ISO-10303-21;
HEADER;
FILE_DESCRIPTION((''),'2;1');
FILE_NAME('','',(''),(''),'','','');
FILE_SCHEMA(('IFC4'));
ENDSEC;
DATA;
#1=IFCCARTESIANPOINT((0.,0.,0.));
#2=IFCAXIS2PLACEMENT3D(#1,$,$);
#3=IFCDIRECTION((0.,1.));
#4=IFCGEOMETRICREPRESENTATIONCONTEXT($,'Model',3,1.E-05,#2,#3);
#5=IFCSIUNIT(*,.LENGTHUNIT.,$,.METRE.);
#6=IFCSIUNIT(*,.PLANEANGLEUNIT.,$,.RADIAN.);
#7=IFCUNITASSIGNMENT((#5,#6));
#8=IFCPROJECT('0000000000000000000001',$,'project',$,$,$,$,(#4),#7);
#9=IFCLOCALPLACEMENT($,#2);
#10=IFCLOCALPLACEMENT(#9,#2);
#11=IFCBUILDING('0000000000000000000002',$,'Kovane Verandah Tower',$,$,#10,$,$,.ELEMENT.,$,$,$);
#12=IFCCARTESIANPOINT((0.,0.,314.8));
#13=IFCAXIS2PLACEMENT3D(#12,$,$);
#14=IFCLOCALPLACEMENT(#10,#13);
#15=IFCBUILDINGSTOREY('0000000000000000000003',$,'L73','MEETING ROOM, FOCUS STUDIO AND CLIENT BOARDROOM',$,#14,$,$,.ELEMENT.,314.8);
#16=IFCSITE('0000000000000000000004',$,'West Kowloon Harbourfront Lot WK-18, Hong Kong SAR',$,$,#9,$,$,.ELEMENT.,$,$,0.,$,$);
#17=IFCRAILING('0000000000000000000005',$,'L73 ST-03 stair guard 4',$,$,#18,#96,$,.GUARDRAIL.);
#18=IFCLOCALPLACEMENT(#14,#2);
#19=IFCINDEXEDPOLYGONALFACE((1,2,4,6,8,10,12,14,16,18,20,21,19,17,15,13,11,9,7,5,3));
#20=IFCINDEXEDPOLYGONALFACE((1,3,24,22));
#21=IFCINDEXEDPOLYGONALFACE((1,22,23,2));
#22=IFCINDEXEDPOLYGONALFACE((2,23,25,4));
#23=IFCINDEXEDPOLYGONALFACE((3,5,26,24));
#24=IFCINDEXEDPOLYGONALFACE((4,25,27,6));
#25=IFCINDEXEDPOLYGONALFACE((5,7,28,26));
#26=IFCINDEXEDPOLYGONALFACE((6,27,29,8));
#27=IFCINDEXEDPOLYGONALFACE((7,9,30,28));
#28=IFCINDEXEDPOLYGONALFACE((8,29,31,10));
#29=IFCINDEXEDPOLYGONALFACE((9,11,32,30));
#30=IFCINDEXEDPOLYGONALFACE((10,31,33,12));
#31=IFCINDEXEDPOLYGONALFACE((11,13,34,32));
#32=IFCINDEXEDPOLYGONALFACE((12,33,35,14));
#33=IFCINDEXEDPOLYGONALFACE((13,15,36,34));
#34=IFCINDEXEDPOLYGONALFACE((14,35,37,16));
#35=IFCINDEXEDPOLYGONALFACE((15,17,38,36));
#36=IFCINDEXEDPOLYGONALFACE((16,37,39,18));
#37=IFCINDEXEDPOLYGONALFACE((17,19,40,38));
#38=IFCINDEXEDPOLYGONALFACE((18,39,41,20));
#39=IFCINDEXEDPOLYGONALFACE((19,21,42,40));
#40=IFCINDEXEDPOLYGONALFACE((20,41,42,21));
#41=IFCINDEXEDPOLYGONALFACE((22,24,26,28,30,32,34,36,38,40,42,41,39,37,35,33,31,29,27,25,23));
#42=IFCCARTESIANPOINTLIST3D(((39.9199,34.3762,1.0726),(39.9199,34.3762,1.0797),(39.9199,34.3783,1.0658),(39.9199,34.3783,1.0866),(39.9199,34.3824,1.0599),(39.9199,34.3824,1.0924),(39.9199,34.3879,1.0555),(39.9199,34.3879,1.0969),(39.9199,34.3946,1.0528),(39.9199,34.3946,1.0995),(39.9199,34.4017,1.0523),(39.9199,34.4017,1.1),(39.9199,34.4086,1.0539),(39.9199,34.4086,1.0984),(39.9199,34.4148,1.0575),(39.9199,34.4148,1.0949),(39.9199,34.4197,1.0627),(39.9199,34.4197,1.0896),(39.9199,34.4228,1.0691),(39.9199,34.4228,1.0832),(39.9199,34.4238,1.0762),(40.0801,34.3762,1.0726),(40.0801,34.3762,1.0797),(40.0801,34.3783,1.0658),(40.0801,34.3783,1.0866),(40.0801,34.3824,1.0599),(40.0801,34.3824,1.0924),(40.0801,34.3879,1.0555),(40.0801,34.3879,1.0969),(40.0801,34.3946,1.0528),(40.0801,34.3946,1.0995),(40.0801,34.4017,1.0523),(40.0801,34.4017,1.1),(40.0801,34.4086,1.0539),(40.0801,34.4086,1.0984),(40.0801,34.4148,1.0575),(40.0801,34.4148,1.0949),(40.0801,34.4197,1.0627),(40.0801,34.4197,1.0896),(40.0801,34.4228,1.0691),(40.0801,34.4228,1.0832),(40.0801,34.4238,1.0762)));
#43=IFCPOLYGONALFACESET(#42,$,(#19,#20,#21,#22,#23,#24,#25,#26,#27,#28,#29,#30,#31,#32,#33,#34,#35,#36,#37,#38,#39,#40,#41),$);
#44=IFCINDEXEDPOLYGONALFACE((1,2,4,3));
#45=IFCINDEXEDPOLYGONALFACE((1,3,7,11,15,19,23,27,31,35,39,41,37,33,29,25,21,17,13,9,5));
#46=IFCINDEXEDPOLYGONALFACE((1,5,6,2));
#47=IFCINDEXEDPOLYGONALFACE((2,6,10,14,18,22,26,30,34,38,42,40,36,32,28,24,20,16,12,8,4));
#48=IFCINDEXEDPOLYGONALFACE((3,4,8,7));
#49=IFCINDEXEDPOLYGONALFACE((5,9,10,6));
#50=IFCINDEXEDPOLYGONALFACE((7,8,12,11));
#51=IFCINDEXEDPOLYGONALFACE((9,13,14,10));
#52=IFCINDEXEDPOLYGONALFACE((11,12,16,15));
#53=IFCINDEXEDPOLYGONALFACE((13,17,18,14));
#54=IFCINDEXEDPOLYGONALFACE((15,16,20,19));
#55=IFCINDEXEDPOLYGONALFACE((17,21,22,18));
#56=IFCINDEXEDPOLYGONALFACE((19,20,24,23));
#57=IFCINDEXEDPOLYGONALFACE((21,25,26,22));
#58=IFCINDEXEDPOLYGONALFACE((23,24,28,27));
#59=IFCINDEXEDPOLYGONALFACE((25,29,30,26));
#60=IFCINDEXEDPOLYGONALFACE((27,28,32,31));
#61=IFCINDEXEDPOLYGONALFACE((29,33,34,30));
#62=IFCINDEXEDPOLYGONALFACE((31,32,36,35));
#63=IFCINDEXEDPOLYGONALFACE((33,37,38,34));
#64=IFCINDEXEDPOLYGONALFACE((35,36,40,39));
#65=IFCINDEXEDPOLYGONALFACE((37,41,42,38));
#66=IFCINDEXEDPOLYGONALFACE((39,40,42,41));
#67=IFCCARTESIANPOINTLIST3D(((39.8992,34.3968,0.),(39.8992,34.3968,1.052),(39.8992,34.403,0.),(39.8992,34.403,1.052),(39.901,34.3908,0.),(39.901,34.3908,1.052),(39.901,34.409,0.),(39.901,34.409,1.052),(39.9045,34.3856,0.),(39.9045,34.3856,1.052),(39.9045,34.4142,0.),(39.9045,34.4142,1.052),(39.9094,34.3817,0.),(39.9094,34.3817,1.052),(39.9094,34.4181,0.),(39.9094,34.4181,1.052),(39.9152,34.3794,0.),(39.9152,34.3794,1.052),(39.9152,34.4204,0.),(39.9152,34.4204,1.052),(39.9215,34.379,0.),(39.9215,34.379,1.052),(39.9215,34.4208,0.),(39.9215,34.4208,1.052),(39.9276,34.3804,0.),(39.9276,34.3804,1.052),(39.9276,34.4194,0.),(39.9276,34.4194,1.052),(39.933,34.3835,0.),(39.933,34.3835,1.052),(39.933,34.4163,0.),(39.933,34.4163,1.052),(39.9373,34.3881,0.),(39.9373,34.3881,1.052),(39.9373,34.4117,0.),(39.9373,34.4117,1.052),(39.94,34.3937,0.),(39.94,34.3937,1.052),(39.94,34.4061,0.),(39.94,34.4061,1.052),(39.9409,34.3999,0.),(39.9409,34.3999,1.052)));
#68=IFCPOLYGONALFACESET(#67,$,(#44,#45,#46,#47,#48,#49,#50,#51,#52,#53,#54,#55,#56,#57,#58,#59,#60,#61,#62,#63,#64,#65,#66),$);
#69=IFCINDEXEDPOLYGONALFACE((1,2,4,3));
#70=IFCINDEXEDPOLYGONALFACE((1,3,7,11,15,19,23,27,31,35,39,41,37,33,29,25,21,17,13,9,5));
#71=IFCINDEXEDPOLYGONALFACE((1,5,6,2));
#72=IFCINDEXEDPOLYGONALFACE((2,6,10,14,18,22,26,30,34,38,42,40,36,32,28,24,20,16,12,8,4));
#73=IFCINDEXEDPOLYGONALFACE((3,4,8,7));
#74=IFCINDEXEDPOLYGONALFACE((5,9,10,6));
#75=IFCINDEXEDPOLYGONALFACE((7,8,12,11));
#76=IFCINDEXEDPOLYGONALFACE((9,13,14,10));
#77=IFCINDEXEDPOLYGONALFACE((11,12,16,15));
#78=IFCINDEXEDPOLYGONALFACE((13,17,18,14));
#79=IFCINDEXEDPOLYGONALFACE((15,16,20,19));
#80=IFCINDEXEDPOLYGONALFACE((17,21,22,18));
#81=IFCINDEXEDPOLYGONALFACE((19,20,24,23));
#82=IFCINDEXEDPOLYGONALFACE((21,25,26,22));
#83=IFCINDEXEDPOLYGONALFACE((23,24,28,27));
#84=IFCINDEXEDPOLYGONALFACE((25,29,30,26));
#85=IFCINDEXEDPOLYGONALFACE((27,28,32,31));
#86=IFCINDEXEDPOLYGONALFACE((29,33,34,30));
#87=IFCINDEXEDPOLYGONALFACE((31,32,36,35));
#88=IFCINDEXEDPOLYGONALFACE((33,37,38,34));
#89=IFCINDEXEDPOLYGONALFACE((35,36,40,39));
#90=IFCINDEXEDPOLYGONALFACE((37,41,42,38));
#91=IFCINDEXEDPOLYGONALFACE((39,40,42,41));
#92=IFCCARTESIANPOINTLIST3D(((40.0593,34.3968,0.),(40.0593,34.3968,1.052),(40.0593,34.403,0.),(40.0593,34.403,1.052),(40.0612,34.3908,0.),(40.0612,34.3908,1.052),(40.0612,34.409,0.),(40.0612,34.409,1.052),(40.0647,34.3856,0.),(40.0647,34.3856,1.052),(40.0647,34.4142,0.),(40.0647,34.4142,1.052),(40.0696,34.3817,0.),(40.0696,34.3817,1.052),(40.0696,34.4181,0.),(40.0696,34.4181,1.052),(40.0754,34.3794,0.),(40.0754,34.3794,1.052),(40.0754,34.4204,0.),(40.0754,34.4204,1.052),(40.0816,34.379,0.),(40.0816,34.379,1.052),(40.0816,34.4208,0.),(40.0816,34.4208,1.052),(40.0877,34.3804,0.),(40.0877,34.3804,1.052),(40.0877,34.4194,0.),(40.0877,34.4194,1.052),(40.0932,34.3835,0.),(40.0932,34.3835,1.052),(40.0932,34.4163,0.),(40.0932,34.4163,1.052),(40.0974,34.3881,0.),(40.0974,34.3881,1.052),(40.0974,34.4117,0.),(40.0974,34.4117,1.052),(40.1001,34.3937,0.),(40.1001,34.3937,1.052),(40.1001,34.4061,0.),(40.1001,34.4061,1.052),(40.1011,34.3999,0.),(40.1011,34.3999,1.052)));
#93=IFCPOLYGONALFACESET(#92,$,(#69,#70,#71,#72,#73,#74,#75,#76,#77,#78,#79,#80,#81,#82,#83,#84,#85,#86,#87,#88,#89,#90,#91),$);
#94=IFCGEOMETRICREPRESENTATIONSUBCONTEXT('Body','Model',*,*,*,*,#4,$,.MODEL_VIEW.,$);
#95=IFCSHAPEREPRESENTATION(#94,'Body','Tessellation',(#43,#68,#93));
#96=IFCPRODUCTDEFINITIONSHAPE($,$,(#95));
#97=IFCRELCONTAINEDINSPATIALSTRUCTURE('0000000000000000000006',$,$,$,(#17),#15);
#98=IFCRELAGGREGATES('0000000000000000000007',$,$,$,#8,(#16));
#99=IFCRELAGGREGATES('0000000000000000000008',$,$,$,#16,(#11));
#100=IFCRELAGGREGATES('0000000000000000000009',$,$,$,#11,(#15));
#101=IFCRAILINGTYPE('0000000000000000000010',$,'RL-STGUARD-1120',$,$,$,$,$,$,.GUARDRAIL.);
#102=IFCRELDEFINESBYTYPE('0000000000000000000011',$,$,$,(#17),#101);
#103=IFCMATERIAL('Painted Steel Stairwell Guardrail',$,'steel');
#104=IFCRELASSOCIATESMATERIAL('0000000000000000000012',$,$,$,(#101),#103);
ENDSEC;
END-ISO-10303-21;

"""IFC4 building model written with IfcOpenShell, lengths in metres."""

from ifc_helpers import new_model, si_unit, direction, frame, origin, origin_2d, place, context, subcontext, project, spatial, circle, extrude, material, type_object, element, save


model = new_model("IFC4")

# Units and contexts
model_context = context("Model", 3, precision=1e-05, world=origin(), true_north=direction((0.0, 1.0)))
body_context = subcontext(model_context, "Body", "Model", "MODEL_VIEW")
ifc_project = project(units=[si_unit("LENGTHUNIT", "METRE"), si_unit("PLANEANGLEUNIT", "RADIAN")], contexts=[model_context])

# Site, building, storey
site_placement = place(None, origin())
site = spatial("IfcSite", under=ifc_project, at=site_placement, Name="West Kowloon Harbourfront Lot WK-18, Hong Kong SAR", CompositionType="ELEMENT", RefElevation=0.0)
building_placement = place(site_placement, origin())
building = spatial("IfcBuilding", under=site, at=building_placement, Name="Kovane Verandah Tower", CompositionType="ELEMENT")
storey_placement = place(building_placement, frame((0.0, 0.0, 314.8)))
storey = spatial("IfcBuildingStorey", under=building, at=storey_placement, Name="L73", Description="MEETING ROOM, FOCUS STUDIO AND CLIENT BOARDROOM", CompositionType="ELEMENT", Elevation=314.8)

# Railing
ifc_material_1 = material(Name="Painted Steel Stairwell Guardrail", Category="steel")
railing_type_1 = type_object("IfcRailingType", Name="RL-STGUARD-1120", PredefinedType="GUARDRAIL", material=ifc_material_1)
railing_1_placement = place(storey_placement, frame((39.9199, 34.3999, 0.0)))
element("IfcRailing", 1, at=railing_1_placement, inside=storey, type_object=railing_type_1, Name="L73 ST-03 stair guard 4", PredefinedType="GUARDRAIL", context=body_context, shape_type="SweptSolid", body=[
    extrude(circle(Radius=0.0239, at=origin_2d()), frame((0.0, 0.0, 1.0762), z_axis=(1.0, 0.0, 0.0), x_axis=(0.0, 1.0, 0.0)), (0.0, 0.0, 1.0), 0.1602),
    extrude(circle(Radius=0.021, at=origin_2d()), origin(), (0.0, 0.0, 1.0), 1.052),
    extrude(circle(Radius=0.021, at=origin_2d()), frame((0.1602, 0.0, 0.0)), (0.0, 0.0, 1.0), 1.052),
])

save(model, "model.ifc")
